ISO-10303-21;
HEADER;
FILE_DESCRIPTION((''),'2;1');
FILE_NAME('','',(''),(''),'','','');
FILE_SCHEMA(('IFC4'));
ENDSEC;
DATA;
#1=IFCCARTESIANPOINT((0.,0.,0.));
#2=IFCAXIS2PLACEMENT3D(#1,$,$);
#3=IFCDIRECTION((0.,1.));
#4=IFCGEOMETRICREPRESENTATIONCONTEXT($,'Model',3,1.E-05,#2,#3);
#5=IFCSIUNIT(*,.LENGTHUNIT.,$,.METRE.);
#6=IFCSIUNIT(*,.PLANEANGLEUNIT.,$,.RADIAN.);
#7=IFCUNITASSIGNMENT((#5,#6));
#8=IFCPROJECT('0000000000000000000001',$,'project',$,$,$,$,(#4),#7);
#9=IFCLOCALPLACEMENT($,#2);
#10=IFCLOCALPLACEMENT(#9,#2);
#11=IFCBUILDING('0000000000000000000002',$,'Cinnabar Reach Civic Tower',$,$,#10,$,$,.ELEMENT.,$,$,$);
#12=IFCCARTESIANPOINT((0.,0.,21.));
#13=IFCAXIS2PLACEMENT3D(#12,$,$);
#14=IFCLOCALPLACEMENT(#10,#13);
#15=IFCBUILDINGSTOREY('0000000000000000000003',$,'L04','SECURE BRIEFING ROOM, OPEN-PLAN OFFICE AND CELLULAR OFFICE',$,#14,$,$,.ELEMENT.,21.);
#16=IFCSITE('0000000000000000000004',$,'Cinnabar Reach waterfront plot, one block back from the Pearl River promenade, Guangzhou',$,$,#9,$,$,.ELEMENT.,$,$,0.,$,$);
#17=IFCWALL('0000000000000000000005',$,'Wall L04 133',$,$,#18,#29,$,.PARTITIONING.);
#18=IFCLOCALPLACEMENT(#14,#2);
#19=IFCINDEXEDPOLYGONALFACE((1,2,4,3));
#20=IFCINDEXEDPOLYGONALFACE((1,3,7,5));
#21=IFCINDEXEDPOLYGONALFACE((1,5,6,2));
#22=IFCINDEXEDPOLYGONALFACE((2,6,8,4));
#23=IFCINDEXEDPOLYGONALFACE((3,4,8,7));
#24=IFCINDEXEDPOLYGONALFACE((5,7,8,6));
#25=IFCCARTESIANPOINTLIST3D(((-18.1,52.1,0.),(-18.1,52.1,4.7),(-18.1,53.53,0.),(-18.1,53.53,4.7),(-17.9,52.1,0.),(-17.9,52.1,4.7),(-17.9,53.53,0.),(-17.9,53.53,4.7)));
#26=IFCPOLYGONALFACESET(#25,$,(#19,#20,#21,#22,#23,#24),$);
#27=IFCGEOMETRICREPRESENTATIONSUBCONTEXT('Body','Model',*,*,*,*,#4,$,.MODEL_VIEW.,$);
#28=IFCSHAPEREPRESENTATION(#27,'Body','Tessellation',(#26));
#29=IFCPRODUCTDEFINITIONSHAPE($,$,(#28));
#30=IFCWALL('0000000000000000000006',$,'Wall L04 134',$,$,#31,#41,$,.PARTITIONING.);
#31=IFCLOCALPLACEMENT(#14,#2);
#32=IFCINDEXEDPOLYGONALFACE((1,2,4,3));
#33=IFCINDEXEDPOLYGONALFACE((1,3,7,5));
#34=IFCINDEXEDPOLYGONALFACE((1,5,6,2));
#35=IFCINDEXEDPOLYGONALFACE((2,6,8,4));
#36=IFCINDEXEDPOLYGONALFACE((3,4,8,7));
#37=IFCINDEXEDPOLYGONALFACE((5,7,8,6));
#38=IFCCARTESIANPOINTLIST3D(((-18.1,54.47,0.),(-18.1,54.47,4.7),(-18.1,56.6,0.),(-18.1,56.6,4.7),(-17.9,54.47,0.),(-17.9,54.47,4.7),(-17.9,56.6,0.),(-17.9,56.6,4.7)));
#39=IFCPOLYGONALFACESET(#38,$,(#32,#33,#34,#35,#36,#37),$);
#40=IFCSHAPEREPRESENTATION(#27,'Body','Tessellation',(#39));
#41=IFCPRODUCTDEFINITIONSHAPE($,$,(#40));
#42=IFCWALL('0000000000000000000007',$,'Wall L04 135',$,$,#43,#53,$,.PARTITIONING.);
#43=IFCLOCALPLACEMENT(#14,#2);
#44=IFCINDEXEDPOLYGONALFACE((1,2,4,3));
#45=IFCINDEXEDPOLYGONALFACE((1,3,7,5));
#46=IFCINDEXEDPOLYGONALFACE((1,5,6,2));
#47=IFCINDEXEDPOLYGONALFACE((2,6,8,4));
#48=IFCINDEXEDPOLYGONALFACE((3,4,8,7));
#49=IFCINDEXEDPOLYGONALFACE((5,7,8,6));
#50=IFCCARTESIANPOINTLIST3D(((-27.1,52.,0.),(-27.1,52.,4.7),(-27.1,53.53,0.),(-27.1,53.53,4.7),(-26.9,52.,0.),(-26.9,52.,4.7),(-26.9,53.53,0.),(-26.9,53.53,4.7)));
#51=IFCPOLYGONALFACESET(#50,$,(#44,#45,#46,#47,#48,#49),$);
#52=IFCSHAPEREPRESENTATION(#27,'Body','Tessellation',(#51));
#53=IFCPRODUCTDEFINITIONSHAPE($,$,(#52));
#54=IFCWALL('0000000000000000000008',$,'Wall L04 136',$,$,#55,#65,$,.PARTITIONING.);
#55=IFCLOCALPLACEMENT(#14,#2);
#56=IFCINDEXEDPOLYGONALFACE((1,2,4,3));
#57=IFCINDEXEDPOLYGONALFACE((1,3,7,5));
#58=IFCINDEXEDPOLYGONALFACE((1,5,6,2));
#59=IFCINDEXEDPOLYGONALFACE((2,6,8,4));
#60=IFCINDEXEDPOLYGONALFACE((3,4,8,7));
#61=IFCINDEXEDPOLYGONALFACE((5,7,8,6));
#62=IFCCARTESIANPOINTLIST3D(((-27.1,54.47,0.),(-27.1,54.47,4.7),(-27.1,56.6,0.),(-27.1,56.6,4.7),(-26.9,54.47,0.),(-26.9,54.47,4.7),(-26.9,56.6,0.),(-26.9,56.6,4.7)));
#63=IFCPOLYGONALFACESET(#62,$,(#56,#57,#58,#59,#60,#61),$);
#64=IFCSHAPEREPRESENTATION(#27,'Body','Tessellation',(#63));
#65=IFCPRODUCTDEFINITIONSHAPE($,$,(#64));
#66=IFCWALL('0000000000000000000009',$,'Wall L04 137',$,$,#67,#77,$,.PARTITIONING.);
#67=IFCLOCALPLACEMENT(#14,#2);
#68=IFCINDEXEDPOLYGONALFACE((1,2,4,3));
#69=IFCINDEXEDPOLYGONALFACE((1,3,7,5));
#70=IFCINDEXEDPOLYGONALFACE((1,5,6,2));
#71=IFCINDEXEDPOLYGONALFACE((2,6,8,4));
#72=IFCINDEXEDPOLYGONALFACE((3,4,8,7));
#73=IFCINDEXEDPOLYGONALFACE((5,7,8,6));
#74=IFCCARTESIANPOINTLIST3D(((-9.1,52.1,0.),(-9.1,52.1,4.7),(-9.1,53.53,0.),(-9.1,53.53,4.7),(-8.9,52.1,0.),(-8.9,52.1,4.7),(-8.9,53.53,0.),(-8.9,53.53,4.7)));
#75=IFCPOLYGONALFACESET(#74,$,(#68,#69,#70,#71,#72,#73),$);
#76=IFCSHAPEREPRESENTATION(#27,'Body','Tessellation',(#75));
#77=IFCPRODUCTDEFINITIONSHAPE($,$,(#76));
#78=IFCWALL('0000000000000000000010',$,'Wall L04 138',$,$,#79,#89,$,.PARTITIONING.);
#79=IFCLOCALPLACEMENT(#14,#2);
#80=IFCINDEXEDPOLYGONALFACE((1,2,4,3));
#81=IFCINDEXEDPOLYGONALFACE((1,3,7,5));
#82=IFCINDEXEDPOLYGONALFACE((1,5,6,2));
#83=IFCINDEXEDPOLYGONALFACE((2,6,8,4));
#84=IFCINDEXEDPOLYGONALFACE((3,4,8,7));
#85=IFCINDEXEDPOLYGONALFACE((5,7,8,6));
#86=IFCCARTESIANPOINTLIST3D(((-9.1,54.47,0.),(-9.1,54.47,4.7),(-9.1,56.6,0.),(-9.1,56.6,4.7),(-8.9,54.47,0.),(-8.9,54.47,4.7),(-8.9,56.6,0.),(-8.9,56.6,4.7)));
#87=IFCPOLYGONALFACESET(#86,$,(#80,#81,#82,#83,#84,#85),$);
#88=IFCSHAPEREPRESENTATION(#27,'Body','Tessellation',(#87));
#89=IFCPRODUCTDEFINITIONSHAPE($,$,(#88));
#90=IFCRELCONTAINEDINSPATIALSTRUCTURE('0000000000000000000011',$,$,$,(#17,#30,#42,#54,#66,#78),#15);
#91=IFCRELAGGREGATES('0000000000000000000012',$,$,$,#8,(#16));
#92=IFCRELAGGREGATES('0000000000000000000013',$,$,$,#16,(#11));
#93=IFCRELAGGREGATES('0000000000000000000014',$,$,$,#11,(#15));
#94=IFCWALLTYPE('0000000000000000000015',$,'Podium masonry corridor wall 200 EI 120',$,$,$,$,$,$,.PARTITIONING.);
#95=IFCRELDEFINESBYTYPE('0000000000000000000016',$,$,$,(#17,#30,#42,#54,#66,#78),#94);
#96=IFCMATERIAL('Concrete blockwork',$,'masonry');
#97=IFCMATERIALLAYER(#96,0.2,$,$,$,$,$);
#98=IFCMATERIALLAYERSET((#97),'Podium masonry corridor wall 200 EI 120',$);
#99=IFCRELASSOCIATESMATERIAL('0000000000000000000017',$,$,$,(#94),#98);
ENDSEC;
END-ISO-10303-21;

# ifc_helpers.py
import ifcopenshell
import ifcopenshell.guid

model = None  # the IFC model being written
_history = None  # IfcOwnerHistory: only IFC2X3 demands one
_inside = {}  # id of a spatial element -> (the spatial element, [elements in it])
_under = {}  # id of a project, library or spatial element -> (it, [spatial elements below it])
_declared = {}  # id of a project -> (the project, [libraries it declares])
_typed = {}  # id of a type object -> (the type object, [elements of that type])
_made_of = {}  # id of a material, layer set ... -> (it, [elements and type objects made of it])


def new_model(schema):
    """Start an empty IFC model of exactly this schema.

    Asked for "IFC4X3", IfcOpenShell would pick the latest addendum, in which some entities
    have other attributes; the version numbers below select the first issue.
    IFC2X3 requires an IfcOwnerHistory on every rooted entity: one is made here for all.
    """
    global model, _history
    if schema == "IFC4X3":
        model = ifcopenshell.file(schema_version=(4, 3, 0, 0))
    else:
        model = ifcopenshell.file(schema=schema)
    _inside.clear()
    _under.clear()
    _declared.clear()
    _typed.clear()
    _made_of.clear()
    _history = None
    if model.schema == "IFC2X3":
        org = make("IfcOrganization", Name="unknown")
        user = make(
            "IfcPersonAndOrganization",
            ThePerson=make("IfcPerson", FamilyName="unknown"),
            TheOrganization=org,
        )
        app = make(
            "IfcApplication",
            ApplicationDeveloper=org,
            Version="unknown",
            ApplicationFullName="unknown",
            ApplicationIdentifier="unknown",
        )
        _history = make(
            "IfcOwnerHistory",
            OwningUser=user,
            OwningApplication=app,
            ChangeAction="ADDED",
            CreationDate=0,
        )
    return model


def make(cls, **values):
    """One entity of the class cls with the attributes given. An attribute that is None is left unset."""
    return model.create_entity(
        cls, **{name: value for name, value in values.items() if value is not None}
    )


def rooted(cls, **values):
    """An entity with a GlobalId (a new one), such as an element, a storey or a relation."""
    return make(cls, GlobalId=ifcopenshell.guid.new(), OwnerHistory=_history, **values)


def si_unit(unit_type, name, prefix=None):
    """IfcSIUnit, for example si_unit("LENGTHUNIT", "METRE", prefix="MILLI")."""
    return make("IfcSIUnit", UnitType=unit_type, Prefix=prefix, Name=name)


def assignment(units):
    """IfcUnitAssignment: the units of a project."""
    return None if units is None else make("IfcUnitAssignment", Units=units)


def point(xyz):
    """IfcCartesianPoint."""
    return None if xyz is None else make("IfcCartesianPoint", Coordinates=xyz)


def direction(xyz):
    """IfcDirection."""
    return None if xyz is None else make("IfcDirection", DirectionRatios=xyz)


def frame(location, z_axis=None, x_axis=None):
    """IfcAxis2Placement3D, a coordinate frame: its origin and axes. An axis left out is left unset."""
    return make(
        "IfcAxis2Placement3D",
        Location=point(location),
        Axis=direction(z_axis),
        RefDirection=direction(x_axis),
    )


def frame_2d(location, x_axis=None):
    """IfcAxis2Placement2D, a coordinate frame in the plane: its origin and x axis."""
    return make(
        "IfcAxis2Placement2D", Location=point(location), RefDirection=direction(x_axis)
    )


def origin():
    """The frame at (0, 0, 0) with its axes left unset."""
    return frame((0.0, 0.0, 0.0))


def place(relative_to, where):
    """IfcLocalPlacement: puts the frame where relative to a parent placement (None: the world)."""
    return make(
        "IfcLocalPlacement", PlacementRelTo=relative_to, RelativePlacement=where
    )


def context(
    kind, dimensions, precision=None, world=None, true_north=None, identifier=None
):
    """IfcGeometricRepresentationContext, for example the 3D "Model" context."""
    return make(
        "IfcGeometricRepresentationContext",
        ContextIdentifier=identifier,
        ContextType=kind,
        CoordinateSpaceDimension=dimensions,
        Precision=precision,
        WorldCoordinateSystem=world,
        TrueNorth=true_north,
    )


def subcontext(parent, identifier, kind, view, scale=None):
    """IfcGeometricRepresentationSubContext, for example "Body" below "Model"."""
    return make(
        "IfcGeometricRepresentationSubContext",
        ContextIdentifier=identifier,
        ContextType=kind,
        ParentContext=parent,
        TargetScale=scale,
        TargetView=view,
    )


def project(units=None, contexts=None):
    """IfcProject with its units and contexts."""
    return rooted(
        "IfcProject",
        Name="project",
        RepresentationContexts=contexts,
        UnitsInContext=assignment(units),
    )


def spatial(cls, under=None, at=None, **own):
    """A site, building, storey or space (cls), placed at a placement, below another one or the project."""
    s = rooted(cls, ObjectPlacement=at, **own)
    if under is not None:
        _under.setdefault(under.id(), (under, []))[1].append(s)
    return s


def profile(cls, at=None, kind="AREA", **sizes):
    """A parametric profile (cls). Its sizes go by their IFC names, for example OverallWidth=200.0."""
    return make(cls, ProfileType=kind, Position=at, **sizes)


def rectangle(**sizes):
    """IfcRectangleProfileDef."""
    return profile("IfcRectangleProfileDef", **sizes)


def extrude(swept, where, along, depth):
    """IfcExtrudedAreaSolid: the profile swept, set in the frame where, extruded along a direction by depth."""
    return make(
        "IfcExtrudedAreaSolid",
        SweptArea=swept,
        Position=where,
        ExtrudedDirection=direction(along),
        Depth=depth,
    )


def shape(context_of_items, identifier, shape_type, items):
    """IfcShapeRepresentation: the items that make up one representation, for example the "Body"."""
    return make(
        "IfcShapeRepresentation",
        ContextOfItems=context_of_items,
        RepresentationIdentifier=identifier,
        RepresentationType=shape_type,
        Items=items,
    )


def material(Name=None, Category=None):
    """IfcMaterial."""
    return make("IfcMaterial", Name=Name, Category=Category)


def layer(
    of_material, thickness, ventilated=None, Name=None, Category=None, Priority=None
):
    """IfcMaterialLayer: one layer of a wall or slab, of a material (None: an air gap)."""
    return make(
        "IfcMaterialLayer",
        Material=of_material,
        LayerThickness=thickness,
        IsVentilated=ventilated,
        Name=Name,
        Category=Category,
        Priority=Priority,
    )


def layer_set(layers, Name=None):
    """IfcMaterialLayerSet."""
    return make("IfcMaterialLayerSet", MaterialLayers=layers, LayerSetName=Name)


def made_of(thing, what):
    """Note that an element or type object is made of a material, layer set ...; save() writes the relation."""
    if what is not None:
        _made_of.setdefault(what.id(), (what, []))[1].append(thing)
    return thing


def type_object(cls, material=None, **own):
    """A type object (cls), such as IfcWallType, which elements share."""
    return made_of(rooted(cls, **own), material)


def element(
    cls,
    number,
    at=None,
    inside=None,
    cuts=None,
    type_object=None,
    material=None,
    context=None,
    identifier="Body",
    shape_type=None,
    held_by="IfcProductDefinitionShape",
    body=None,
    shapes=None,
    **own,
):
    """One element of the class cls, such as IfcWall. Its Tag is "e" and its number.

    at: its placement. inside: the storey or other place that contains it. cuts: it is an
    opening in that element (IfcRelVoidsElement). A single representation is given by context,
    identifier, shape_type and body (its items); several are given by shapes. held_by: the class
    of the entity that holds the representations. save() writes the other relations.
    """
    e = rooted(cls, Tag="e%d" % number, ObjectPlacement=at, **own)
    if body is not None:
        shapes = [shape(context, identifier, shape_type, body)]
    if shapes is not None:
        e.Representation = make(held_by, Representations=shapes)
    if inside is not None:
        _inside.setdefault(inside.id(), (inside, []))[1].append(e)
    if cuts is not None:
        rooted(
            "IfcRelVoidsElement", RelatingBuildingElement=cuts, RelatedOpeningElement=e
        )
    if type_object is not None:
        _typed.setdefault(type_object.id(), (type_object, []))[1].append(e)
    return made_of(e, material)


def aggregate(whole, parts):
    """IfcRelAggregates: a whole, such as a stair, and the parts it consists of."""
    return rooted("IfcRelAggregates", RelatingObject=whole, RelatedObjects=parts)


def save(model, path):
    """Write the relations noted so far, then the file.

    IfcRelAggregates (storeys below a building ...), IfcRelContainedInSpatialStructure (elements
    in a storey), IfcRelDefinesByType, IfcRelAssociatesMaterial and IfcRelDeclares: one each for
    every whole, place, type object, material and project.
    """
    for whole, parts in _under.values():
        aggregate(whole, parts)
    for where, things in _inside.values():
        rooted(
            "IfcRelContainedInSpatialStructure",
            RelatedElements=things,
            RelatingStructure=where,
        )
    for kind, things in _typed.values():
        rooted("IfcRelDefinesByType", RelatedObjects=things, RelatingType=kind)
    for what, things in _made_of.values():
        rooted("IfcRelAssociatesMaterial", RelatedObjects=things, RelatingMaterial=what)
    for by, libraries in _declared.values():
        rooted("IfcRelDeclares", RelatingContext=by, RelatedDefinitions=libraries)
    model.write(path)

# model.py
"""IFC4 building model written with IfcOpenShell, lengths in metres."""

from ifc_helpers import new_model, si_unit, direction, frame, frame_2d, origin, place, context, subcontext, project, spatial, rectangle, extrude, material, layer, layer_set, type_object, element, save


model = new_model("IFC4")

# Units and contexts
model_context = context("Model", 3, precision=1e-05, world=origin(), true_north=direction((0.0, 1.0)))
body_context = subcontext(model_context, "Body", "Model", "MODEL_VIEW")
ifc_project = project(units=[si_unit("LENGTHUNIT", "METRE"), si_unit("PLANEANGLEUNIT", "RADIAN")], contexts=[model_context])

# Site, building, storey
site_placement = place(None, origin())
site = spatial("IfcSite", under=ifc_project, at=site_placement, Name="Cinnabar Reach waterfront plot, one block back from the Pearl River promenade, Guangzhou", CompositionType="ELEMENT", RefElevation=0.0)
building_placement = place(site_placement, origin())
building = spatial("IfcBuilding", under=site, at=building_placement, Name="Cinnabar Reach Civic Tower", CompositionType="ELEMENT")
storey_placement = place(building_placement, frame((0.0, 0.0, 21.0)))
storey = spatial("IfcBuildingStorey", under=building, at=storey_placement, Name="L04", Description="SECURE BRIEFING ROOM, OPEN-PLAN OFFICE AND CELLULAR OFFICE", CompositionType="ELEMENT", Elevation=21.0)

# Shared definitions
ifc_material_1 = material(Name="Concrete blockwork", Category="masonry")
ifc_layer = layer(ifc_material_1, 0.2)
ifc_layer_set = layer_set([ifc_layer], Name="Podium masonry corridor wall 200 EI 120")
wall_type = type_object("IfcWallType", Name="Podium masonry corridor wall 200 EI 120", PredefinedType="PARTITIONING", material=ifc_layer_set)

# Walls
wall_1_placement = place(storey_placement, frame((-18.0, 52.1, 0.0), z_axis=(0.0, 0.0, 1.0), x_axis=(0.0, 1.0, 0.0)))
element("IfcWall", 1, at=wall_1_placement, inside=storey, type_object=wall_type, Name="Wall L04 133", PredefinedType="PARTITIONING", context=body_context, shape_type="SweptSolid", body=[
    extrude(rectangle(XDim=1.43, YDim=0.2, at=frame_2d((0.715, 0.0))), origin(), (0.0, 0.0, 1.0), 4.7),
])
wall_2_placement = place(storey_placement, frame((-18.0, 54.47, 0.0), z_axis=(0.0, 0.0, 1.0), x_axis=(0.0, 1.0, 0.0)))
element("IfcWall", 2, at=wall_2_placement, inside=storey, type_object=wall_type, Name="Wall L04 134", PredefinedType="PARTITIONING", context=body_context, shape_type="SweptSolid", body=[
    extrude(rectangle(XDim=2.13, YDim=0.2, at=frame_2d((1.065, 0.0))), origin(), (0.0, 0.0, 1.0), 4.7),
])
wall_3_placement = place(storey_placement, frame((-27.0, 52.0, 0.0), z_axis=(0.0, 0.0, 1.0), x_axis=(0.0, 1.0, 0.0)))
element("IfcWall", 3, at=wall_3_placement, inside=storey, type_object=wall_type, Name="Wall L04 135", PredefinedType="PARTITIONING", context=body_context, shape_type="SweptSolid", body=[
    extrude(rectangle(XDim=1.53, YDim=0.2, at=frame_2d((0.765, 0.0))), origin(), (0.0, 0.0, 1.0), 4.7),
])
wall_4_placement = place(storey_placement, frame((-27.0, 54.47, 0.0), z_axis=(0.0, 0.0, 1.0), x_axis=(0.0, 1.0, 0.0)))
element("IfcWall", 4, at=wall_4_placement, inside=storey, type_object=wall_type, Name="Wall L04 136", PredefinedType="PARTITIONING", context=body_context, shape_type="SweptSolid", body=[
    extrude(rectangle(XDim=2.13, YDim=0.2, at=frame_2d((1.065, 0.0))), origin(), (0.0, 0.0, 1.0), 4.7),
])
wall_5_placement = place(storey_placement, frame((-9.0, 52.1, 0.0), z_axis=(0.0, 0.0, 1.0), x_axis=(0.0, 1.0, 0.0)))
element("IfcWall", 5, at=wall_5_placement, inside=storey, type_object=wall_type, Name="Wall L04 137", PredefinedType="PARTITIONING", context=body_context, shape_type="SweptSolid", body=[
    extrude(rectangle(XDim=1.43, YDim=0.2, at=frame_2d((0.715, 0.0))), origin(), (0.0, 0.0, 1.0), 4.7),
])
wall_6_placement = place(storey_placement, frame((-9.0, 54.47, 0.0), z_axis=(0.0, 0.0, 1.0), x_axis=(0.0, 1.0, 0.0)))
element("IfcWall", 6, at=wall_6_placement, inside=storey, type_object=wall_type, Name="Wall L04 138", PredefinedType="PARTITIONING", context=body_context, shape_type="SweptSolid", body=[
    extrude(rectangle(XDim=2.13, YDim=0.2, at=frame_2d((1.065, 0.0))), origin(), (0.0, 0.0, 1.0), 4.7),
])

save(model, "model.ifc")
